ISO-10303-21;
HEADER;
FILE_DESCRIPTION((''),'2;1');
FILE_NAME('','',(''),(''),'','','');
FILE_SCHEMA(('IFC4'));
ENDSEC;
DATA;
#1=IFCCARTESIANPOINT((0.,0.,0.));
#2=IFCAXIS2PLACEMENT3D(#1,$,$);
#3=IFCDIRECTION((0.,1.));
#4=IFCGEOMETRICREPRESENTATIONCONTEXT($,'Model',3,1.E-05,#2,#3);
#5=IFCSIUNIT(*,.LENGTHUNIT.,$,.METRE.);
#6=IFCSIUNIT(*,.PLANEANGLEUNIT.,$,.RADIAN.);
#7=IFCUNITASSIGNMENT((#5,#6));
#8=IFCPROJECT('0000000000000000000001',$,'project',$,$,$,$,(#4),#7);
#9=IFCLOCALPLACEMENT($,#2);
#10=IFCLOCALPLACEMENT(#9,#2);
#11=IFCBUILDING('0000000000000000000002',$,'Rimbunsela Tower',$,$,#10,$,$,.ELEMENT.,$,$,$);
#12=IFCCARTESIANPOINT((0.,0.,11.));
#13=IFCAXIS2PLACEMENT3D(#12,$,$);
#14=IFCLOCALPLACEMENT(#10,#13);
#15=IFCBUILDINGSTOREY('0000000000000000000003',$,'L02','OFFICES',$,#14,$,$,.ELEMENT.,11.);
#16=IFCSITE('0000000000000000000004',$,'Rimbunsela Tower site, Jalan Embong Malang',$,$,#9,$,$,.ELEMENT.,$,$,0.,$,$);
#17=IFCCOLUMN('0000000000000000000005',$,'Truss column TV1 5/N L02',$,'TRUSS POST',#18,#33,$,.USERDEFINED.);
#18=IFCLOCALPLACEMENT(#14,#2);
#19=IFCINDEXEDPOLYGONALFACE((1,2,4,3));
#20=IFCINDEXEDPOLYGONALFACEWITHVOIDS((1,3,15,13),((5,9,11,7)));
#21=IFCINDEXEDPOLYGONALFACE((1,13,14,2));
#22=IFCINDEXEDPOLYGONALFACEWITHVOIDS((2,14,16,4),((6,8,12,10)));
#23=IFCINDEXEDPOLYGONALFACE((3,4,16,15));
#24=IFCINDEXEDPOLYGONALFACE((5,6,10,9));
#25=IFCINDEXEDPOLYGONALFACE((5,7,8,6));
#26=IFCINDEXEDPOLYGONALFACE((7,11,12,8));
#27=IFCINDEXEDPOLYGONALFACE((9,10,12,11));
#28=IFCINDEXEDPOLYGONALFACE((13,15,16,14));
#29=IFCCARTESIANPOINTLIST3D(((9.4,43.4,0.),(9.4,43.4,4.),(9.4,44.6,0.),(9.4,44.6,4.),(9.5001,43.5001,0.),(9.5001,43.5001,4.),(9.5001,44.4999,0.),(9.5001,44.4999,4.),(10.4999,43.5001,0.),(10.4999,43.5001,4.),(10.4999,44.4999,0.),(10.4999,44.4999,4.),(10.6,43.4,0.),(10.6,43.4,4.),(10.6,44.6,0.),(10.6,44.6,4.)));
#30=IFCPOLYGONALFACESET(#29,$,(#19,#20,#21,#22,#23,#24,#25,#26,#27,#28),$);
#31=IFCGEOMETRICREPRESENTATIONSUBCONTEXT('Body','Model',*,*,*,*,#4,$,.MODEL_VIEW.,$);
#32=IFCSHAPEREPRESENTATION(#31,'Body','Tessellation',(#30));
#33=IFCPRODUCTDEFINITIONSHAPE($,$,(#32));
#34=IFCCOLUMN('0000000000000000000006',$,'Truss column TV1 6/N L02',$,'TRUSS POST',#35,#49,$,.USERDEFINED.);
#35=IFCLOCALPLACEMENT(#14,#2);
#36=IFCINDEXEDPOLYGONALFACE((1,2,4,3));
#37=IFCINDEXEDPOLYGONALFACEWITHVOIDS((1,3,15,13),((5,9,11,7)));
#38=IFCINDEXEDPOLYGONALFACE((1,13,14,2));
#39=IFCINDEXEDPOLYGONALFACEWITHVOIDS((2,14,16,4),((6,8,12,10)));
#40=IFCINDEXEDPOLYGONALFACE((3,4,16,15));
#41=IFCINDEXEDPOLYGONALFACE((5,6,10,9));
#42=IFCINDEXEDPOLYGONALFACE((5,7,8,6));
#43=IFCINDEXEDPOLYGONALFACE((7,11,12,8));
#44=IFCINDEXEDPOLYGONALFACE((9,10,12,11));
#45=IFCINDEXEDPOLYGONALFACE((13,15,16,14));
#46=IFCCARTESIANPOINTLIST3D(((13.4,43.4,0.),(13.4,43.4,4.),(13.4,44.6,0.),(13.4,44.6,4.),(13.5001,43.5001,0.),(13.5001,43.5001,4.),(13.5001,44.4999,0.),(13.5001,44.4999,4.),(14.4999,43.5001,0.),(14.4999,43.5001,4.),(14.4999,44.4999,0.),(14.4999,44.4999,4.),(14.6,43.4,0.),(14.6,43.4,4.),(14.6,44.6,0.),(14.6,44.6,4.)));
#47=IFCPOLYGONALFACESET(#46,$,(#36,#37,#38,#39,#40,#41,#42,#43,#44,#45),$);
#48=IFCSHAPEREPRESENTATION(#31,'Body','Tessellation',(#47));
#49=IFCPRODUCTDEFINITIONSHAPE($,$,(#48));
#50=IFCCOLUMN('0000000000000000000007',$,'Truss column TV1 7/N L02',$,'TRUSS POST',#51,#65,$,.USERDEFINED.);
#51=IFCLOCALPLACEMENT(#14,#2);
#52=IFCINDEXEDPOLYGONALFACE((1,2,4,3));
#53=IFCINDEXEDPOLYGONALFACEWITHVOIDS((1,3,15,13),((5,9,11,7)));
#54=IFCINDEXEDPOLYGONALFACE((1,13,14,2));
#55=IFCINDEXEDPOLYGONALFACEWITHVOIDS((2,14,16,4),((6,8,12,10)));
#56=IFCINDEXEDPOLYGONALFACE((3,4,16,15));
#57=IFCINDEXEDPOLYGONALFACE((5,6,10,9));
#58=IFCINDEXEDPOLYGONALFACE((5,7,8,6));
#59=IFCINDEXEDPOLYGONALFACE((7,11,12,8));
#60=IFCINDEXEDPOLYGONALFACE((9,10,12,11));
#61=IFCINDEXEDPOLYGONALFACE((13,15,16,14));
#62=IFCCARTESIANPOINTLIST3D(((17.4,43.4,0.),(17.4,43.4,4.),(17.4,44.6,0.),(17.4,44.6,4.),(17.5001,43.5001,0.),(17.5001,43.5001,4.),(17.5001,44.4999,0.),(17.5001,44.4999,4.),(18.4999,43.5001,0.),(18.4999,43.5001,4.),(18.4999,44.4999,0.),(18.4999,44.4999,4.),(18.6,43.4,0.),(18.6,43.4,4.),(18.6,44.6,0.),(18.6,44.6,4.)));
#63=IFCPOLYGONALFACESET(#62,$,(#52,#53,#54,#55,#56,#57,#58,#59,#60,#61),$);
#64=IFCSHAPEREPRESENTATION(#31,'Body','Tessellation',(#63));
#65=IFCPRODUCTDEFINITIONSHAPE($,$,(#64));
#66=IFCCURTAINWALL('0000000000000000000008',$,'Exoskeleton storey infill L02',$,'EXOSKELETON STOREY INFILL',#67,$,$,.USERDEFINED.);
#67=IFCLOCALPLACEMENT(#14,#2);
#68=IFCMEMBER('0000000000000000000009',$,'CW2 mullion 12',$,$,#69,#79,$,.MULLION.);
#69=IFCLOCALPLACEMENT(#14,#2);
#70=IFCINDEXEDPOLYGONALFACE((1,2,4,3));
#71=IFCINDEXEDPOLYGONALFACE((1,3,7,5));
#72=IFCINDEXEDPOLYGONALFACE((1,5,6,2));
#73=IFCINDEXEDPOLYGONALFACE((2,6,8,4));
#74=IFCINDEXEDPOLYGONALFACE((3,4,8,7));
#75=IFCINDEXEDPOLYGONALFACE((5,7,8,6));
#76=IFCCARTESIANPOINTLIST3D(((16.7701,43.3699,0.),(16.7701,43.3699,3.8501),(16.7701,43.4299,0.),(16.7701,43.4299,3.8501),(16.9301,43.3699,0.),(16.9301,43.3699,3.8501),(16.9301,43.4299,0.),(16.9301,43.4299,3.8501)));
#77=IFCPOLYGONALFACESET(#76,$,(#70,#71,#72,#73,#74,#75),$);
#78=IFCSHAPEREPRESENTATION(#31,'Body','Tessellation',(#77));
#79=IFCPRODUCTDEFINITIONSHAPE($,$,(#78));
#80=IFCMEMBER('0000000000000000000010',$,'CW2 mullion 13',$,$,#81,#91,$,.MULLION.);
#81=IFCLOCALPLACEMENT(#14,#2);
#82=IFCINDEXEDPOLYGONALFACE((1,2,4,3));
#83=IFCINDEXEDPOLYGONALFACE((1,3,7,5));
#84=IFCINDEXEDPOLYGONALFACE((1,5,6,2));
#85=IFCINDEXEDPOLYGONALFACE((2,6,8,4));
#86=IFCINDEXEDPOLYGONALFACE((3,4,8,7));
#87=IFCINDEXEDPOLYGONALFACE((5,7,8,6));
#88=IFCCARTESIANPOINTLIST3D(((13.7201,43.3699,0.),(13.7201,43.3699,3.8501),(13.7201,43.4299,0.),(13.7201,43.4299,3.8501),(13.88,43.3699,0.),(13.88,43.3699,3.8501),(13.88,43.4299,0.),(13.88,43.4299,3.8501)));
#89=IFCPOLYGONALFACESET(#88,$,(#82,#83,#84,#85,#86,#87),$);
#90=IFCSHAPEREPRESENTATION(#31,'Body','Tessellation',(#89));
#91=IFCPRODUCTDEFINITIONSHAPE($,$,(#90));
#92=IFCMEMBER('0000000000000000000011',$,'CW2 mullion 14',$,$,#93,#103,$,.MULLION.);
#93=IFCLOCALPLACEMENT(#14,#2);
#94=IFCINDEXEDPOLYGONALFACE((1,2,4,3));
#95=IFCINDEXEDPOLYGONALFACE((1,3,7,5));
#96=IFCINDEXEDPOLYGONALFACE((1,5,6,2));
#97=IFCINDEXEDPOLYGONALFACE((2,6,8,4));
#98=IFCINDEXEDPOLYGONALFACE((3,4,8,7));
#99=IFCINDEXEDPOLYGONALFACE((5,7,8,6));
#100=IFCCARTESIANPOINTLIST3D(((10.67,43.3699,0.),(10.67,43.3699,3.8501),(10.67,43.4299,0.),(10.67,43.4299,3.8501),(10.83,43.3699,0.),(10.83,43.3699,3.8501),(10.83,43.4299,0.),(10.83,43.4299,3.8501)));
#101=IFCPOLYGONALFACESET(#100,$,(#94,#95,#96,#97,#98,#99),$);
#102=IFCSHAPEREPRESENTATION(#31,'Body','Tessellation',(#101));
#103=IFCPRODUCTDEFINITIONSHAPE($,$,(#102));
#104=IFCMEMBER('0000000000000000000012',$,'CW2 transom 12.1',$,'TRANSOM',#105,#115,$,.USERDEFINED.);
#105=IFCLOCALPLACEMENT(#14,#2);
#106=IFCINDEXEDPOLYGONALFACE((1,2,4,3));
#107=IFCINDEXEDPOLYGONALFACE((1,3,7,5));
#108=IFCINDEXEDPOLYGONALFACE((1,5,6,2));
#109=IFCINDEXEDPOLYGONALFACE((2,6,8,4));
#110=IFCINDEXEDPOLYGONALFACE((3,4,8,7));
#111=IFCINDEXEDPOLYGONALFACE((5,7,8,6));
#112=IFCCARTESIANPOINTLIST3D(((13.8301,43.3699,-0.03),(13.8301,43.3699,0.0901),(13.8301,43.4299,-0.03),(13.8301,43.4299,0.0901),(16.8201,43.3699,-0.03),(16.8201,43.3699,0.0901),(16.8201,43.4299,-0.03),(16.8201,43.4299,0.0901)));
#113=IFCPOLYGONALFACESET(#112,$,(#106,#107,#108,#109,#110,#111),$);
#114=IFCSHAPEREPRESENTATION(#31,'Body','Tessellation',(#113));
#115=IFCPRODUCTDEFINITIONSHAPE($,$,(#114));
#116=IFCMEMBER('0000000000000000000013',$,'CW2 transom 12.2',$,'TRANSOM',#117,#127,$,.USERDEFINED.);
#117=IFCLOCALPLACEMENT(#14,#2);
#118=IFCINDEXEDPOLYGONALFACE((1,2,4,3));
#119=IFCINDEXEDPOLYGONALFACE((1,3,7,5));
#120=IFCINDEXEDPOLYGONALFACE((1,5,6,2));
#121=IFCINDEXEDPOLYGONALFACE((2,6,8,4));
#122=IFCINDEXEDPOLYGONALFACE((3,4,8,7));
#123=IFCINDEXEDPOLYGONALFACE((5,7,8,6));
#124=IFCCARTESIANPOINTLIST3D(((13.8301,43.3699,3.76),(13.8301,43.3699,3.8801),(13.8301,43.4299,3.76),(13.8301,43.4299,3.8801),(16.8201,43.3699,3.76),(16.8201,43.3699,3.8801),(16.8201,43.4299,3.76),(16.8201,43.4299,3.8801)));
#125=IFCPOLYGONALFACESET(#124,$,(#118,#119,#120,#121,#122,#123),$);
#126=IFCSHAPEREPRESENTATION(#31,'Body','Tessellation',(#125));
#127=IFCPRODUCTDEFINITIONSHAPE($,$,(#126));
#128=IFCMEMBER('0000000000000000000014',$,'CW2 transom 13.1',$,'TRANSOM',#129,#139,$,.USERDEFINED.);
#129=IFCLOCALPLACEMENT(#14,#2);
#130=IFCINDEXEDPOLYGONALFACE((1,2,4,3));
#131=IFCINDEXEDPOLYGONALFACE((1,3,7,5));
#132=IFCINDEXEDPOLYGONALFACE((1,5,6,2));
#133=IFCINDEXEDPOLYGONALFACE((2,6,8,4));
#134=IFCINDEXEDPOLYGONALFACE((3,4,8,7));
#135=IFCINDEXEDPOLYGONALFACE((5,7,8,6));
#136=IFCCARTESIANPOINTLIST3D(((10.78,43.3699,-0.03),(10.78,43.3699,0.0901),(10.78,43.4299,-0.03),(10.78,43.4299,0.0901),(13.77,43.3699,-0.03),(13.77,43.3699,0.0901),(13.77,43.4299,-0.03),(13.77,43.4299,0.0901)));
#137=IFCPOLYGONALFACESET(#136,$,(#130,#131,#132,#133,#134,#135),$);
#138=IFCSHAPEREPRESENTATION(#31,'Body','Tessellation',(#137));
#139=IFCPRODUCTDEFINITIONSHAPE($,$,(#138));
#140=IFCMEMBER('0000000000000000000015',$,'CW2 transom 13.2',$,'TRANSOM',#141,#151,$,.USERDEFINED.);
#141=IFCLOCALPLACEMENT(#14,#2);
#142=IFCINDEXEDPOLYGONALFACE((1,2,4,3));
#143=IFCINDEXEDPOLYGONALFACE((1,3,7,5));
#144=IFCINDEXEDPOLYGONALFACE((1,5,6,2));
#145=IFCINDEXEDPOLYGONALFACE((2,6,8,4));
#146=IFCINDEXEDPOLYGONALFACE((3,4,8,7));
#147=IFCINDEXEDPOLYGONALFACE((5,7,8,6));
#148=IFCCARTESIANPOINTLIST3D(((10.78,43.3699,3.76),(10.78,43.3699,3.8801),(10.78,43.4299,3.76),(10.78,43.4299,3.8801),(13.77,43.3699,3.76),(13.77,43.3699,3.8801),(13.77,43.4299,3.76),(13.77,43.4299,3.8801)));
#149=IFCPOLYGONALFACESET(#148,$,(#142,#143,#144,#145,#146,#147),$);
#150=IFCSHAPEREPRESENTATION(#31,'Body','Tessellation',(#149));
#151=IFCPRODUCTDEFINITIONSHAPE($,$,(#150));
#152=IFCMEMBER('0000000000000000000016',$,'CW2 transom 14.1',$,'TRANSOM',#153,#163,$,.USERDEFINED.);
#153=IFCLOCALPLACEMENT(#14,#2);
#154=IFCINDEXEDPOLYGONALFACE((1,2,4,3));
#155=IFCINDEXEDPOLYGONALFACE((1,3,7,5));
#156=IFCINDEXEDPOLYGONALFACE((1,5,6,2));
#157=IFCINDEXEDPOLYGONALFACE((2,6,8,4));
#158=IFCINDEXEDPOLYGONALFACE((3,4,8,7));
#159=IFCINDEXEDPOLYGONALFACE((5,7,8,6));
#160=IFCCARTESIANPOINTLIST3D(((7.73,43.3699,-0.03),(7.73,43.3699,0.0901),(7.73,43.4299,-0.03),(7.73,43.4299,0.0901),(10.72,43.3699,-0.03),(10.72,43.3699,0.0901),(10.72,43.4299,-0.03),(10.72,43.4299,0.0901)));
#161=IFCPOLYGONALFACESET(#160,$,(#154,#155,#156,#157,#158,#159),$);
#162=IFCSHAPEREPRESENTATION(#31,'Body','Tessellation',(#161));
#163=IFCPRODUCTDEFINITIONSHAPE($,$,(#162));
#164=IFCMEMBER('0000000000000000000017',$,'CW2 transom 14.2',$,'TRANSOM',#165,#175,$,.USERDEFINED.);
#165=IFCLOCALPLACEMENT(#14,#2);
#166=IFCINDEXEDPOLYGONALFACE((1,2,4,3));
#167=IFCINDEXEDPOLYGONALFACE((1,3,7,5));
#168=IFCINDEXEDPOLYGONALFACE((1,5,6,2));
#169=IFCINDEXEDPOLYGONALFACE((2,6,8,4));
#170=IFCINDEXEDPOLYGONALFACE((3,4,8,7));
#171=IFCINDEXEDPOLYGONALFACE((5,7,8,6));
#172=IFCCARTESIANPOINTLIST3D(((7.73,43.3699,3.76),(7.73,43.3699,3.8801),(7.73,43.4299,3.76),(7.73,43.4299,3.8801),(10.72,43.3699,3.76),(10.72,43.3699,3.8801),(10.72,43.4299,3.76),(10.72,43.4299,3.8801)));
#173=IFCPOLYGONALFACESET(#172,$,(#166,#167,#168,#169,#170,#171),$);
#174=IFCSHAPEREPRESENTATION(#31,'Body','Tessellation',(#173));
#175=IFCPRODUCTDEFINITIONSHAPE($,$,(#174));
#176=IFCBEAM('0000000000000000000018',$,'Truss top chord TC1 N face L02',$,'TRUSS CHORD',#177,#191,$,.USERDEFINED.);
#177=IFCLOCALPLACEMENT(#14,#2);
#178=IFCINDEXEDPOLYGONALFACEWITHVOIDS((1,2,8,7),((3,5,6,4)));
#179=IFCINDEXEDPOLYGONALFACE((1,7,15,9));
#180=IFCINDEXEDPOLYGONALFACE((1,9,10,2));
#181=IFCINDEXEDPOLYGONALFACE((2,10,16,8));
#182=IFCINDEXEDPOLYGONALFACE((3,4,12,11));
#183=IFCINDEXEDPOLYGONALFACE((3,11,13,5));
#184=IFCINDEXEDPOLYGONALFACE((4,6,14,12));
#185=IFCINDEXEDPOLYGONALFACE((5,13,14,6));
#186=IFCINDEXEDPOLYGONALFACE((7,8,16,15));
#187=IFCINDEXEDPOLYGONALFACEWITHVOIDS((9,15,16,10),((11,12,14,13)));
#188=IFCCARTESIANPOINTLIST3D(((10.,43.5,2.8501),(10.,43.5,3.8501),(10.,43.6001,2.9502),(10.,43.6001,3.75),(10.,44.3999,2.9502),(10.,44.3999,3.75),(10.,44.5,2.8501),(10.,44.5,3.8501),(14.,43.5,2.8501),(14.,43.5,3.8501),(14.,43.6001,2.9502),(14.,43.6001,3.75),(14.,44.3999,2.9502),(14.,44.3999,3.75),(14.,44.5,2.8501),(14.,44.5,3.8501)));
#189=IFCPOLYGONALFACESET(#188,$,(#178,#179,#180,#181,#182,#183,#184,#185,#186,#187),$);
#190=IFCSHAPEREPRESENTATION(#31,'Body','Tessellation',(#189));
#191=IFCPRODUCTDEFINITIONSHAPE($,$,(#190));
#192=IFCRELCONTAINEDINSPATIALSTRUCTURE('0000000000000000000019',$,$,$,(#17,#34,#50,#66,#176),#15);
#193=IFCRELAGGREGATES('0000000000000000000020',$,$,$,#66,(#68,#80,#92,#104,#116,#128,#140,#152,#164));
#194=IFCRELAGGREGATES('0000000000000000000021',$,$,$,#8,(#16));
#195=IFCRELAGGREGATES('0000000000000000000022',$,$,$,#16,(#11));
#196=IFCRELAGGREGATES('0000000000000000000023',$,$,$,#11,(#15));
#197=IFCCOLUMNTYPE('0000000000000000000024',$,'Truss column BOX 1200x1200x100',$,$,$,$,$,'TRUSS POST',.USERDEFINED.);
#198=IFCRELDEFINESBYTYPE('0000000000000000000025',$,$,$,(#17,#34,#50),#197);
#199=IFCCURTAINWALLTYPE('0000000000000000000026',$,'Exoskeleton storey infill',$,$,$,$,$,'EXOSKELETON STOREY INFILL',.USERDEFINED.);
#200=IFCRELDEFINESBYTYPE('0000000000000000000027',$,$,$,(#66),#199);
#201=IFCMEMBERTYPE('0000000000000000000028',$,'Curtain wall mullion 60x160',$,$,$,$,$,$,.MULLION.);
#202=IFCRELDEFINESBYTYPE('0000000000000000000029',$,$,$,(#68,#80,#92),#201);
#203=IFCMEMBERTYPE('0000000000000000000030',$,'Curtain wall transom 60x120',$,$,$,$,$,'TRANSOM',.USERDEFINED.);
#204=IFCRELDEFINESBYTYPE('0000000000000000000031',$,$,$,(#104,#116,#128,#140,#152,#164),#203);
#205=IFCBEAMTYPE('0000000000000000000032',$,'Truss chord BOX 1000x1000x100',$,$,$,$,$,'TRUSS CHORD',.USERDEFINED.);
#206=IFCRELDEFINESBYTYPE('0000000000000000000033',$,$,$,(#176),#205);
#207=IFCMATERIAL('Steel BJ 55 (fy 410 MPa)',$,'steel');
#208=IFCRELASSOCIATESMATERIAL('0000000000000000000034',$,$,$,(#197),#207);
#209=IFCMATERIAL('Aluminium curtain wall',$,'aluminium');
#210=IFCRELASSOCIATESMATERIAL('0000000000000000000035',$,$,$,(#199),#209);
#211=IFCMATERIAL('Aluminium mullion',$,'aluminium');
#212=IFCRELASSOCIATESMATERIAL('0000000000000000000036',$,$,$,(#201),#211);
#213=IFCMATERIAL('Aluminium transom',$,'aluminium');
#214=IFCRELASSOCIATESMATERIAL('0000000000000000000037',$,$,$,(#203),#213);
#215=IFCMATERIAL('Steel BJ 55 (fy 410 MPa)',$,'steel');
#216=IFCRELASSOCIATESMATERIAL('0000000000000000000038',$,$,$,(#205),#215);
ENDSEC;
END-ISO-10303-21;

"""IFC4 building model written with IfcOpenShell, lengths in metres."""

from ifc_helpers import new_model, si_unit, direction, frame, origin, origin_2d, place, context, subcontext, project, spatial, rectangle, hollow_rectangle, extrude, material, material_profile, profile_set, type_object, element, aggregate, save


model = new_model("IFC4")

# Units and contexts
model_context = context("Model", 3, precision=1e-05, world=origin(), true_north=direction((0.0, 1.0)))
body_context = subcontext(model_context, "Body", "Model", "MODEL_VIEW")
ifc_project = project(units=[si_unit("LENGTHUNIT", "METRE"), si_unit("PLANEANGLEUNIT", "RADIAN")], contexts=[model_context])

# Site, building, storey
site_placement = place(None, origin())
site = spatial("IfcSite", under=ifc_project, at=site_placement, Name="Rimbunsela Tower site, Jalan Embong Malang", CompositionType="ELEMENT", RefElevation=0.0)
building_placement = place(site_placement, origin())
building = spatial("IfcBuilding", under=site, at=building_placement, Name="Rimbunsela Tower", CompositionType="ELEMENT")
storey_placement = place(building_placement, frame((0.0, 0.0, 11.0)))
storey = spatial("IfcBuildingStorey", under=building, at=storey_placement, Name="L02", Description="OFFICES", CompositionType="ELEMENT", Elevation=11.0)

# Columns
ifc_material_1 = material(Name="Steel BJ 55 (fy 410 MPa)", Category="steel")
ifc_material_profile_1 = material_profile(ifc_material_1, hollow_rectangle(XDim=1.2, YDim=1.2, WallThickness=0.1001, at=origin_2d()), Name="BOX 1200x1200x100")
ifc_profile_set_1 = profile_set([ifc_material_profile_1], Name="Steel BJ 55 (fy 410 MPa)")
column_type = type_object("IfcColumnType", Name="Truss column BOX 1200x1200x100", ElementType="TRUSS POST", PredefinedType="USERDEFINED", material=ifc_profile_set_1)
for number, where, z_axis, x_axis, name in (
    (1, (10.0, 44.0, 0.0), (0.0, 0.0, 1.0), (1.0, 0.0, 0.0), "Truss column TV1 5/N L02"),
    (2, (14.0, 44.0, 0.0), (0.0, 0.0, 1.0), (1.0, 0.0, 0.0), "Truss column TV1 6/N L02"),
    (3, (18.0, 44.0, 0.0), (0.0, 0.0, 1.0), (1.0, 0.0, 0.0), "Truss column TV1 7/N L02"),
):
    element("IfcColumn", number, at=place(storey_placement, frame(where, z_axis=z_axis, x_axis=x_axis)), inside=storey, type_object=column_type, Name=name, ObjectType="TRUSS POST", PredefinedType="USERDEFINED", context=body_context, shape_type="SweptSolid", body=[
        extrude(hollow_rectangle(XDim=1.2, YDim=1.2, WallThickness=0.1001, at=origin_2d()), origin(), (0.0, 0.0, 1.0), 4.0),
    ])

# Curtain wall, members
ifc_material_2 = material(Name="Aluminium curtain wall", Category="aluminium")
curtain_wall_type = type_object("IfcCurtainWallType", Name="Exoskeleton storey infill", ElementType="EXOSKELETON STOREY INFILL", PredefinedType="USERDEFINED", material=ifc_material_2)
curtain_wall_placement = place(storey_placement, origin())
curtain_wall = element("IfcCurtainWall", 4, at=curtain_wall_placement, inside=storey, type_object=curtain_wall_type, Name="Exoskeleton storey infill L02", ObjectType="EXOSKELETON STOREY INFILL", PredefinedType="USERDEFINED")
ifc_material_3 = material(Name="Aluminium mullion", Category="aluminium")
ifc_material_profile_2 = material_profile(ifc_material_3, rectangle(XDim=0.0601, YDim=0.1599, at=origin_2d()), Name="Mullion 60x160")
ifc_profile_set_2 = profile_set([ifc_material_profile_2], Name="Aluminium mullion")
member_type_1 = type_object("IfcMemberType", Name="Curtain wall mullion 60x160", PredefinedType="MULLION", material=ifc_profile_set_2)
member_1_placement = place(storey_placement, frame((16.8501, 43.3999, 0.0), z_axis=(0.0, 0.0, 1.0), x_axis=(0.0, -1.0, 0.0)))
member_1 = element("IfcMember", 5, at=member_1_placement, type_object=member_type_1, Name="CW2 mullion 12", PredefinedType="MULLION", context=body_context, shape_type="SweptSolid", body=[
    extrude(rectangle(XDim=0.0601, YDim=0.1599, at=origin_2d()), origin(), (0.0, 0.0, 1.0), 3.8501),
])
member_2_placement = place(storey_placement, frame((13.8, 43.3999, 0.0), z_axis=(0.0, 0.0, 1.0), x_axis=(0.0, -1.0, 0.0)))
member_2 = element("IfcMember", 6, at=member_2_placement, type_object=member_type_1, Name="CW2 mullion 13", PredefinedType="MULLION", context=body_context, shape_type="SweptSolid", body=[
    extrude(rectangle(XDim=0.0601, YDim=0.1599, at=origin_2d()), origin(), (0.0, 0.0, 1.0), 3.8501),
])
member_3_placement = place(storey_placement, frame((10.75, 43.3999, 0.0), z_axis=(0.0, 0.0, 1.0), x_axis=(0.0, -1.0, 0.0)))
member_3 = element("IfcMember", 7, at=member_3_placement, type_object=member_type_1, Name="CW2 mullion 14", PredefinedType="MULLION", context=body_context, shape_type="SweptSolid", body=[
    extrude(rectangle(XDim=0.0601, YDim=0.1599, at=origin_2d()), origin(), (0.0, 0.0, 1.0), 3.8501),
])
ifc_material_4 = material(Name="Aluminium transom", Category="aluminium")
ifc_material_profile_3 = material_profile(ifc_material_4, rectangle(XDim=0.0601, YDim=0.1201, at=origin_2d()), Name="Transom 60x120")
ifc_profile_set_3 = profile_set([ifc_material_profile_3], Name="Aluminium transom")
member_type_2 = type_object("IfcMemberType", Name="Curtain wall transom 60x120", ElementType="TRANSOM", PredefinedType="USERDEFINED", material=ifc_profile_set_3)
member_4_placement = place(storey_placement, frame((16.8201, 43.3999, 0.03), z_axis=(-1.0, 0.0, 0.0), x_axis=(0.0, -1.0, 0.0)))
member_4 = element("IfcMember", 8, at=member_4_placement, type_object=member_type_2, Name="CW2 transom 12.1", ObjectType="TRANSOM", PredefinedType="USERDEFINED", context=body_context, shape_type="SweptSolid", body=[
    extrude(rectangle(XDim=0.0601, YDim=0.1201, at=origin_2d()), origin(), (0.0, 0.0, 1.0), 2.99),
])
member_5_placement = place(storey_placement, frame((16.8201, 43.3999, 3.8201), z_axis=(-1.0, 0.0, 0.0), x_axis=(0.0, -1.0, 0.0)))
member_5 = element("IfcMember", 9, at=member_5_placement, type_object=member_type_2, Name="CW2 transom 12.2", ObjectType="TRANSOM", PredefinedType="USERDEFINED", context=body_context, shape_type="SweptSolid", body=[
    extrude(rectangle(XDim=0.0601, YDim=0.1201, at=origin_2d()), origin(), (0.0, 0.0, 1.0), 2.99),
])
member_6_placement = place(storey_placement, frame((13.77, 43.3999, 0.03), z_axis=(-1.0, 0.0, 0.0), x_axis=(0.0, -1.0, 0.0)))
member_6 = element("IfcMember", 10, at=member_6_placement, type_object=member_type_2, Name="CW2 transom 13.1", ObjectType="TRANSOM", PredefinedType="USERDEFINED", context=body_context, shape_type="SweptSolid", body=[
    extrude(rectangle(XDim=0.0601, YDim=0.1201, at=origin_2d()), origin(), (0.0, 0.0, 1.0), 2.99),
])
member_7_placement = place(storey_placement, frame((13.77, 43.3999, 3.8201), z_axis=(-1.0, 0.0, 0.0), x_axis=(0.0, -1.0, 0.0)))
member_7 = element("IfcMember", 11, at=member_7_placement, type_object=member_type_2, Name="CW2 transom 13.2", ObjectType="TRANSOM", PredefinedType="USERDEFINED", context=body_context, shape_type="SweptSolid", body=[
    extrude(rectangle(XDim=0.0601, YDim=0.1201, at=origin_2d()), origin(), (0.0, 0.0, 1.0), 2.99),
])
member_8_placement = place(storey_placement, frame((10.72, 43.3999, 0.03), z_axis=(-1.0, 0.0, 0.0), x_axis=(0.0, -1.0, 0.0)))
member_8 = element("IfcMember", 12, at=member_8_placement, type_object=member_type_2, Name="CW2 transom 14.1", ObjectType="TRANSOM", PredefinedType="USERDEFINED", context=body_context, shape_type="SweptSolid", body=[
    extrude(rectangle(XDim=0.0601, YDim=0.1201, at=origin_2d()), origin(), (0.0, 0.0, 1.0), 2.99),
])
member_9_placement = place(storey_placement, frame((10.72, 43.3999, 3.8201), z_axis=(-1.0, 0.0, 0.0), x_axis=(0.0, -1.0, 0.0)))
member_9 = element("IfcMember", 13, at=member_9_placement, type_object=member_type_2, Name="CW2 transom 14.2", ObjectType="TRANSOM", PredefinedType="USERDEFINED", context=body_context, shape_type="SweptSolid", body=[
    extrude(rectangle(XDim=0.0601, YDim=0.1201, at=origin_2d()), origin(), (0.0, 0.0, 1.0), 2.99),
])

# Beam
ifc_material_5 = material(Name="Steel BJ 55 (fy 410 MPa)", Category="steel")
ifc_material_profile_4 = material_profile(ifc_material_5, hollow_rectangle(XDim=1.0, YDim=1.0, WallThickness=0.1001, at=origin_2d()), Name="BOX 1000x1000x100")
ifc_profile_set_4 = profile_set([ifc_material_profile_4], Name="Steel BJ 55 (fy 410 MPa)")
beam_type = type_object("IfcBeamType", Name="Truss chord BOX 1000x1000x100", ElementType="TRUSS CHORD", PredefinedType="USERDEFINED", material=ifc_profile_set_4)
for number, where, z_axis, x_axis, name in (
    (14, (10.0, 44.0, 3.3501), (1.0, 0.0, 0.0), (0.0, 1.0, 0.0), "Truss top chord TC1 N face L02"),
):
    element("IfcBeam", number, at=place(storey_placement, frame(where, z_axis=z_axis, x_axis=x_axis)), inside=storey, type_object=beam_type, Name=name, ObjectType="TRUSS CHORD", PredefinedType="USERDEFINED", context=body_context, shape_type="SweptSolid", body=[
        extrude(hollow_rectangle(XDim=1.0, YDim=1.0, WallThickness=0.1001, at=origin_2d()), origin(), (0.0, 0.0, 1.0), 4.0),
    ])

aggregate(curtain_wall, [member_1, member_2, member_3, member_4, member_5, member_6, member_7, member_8, member_9])

save(model, "model.ifc")
